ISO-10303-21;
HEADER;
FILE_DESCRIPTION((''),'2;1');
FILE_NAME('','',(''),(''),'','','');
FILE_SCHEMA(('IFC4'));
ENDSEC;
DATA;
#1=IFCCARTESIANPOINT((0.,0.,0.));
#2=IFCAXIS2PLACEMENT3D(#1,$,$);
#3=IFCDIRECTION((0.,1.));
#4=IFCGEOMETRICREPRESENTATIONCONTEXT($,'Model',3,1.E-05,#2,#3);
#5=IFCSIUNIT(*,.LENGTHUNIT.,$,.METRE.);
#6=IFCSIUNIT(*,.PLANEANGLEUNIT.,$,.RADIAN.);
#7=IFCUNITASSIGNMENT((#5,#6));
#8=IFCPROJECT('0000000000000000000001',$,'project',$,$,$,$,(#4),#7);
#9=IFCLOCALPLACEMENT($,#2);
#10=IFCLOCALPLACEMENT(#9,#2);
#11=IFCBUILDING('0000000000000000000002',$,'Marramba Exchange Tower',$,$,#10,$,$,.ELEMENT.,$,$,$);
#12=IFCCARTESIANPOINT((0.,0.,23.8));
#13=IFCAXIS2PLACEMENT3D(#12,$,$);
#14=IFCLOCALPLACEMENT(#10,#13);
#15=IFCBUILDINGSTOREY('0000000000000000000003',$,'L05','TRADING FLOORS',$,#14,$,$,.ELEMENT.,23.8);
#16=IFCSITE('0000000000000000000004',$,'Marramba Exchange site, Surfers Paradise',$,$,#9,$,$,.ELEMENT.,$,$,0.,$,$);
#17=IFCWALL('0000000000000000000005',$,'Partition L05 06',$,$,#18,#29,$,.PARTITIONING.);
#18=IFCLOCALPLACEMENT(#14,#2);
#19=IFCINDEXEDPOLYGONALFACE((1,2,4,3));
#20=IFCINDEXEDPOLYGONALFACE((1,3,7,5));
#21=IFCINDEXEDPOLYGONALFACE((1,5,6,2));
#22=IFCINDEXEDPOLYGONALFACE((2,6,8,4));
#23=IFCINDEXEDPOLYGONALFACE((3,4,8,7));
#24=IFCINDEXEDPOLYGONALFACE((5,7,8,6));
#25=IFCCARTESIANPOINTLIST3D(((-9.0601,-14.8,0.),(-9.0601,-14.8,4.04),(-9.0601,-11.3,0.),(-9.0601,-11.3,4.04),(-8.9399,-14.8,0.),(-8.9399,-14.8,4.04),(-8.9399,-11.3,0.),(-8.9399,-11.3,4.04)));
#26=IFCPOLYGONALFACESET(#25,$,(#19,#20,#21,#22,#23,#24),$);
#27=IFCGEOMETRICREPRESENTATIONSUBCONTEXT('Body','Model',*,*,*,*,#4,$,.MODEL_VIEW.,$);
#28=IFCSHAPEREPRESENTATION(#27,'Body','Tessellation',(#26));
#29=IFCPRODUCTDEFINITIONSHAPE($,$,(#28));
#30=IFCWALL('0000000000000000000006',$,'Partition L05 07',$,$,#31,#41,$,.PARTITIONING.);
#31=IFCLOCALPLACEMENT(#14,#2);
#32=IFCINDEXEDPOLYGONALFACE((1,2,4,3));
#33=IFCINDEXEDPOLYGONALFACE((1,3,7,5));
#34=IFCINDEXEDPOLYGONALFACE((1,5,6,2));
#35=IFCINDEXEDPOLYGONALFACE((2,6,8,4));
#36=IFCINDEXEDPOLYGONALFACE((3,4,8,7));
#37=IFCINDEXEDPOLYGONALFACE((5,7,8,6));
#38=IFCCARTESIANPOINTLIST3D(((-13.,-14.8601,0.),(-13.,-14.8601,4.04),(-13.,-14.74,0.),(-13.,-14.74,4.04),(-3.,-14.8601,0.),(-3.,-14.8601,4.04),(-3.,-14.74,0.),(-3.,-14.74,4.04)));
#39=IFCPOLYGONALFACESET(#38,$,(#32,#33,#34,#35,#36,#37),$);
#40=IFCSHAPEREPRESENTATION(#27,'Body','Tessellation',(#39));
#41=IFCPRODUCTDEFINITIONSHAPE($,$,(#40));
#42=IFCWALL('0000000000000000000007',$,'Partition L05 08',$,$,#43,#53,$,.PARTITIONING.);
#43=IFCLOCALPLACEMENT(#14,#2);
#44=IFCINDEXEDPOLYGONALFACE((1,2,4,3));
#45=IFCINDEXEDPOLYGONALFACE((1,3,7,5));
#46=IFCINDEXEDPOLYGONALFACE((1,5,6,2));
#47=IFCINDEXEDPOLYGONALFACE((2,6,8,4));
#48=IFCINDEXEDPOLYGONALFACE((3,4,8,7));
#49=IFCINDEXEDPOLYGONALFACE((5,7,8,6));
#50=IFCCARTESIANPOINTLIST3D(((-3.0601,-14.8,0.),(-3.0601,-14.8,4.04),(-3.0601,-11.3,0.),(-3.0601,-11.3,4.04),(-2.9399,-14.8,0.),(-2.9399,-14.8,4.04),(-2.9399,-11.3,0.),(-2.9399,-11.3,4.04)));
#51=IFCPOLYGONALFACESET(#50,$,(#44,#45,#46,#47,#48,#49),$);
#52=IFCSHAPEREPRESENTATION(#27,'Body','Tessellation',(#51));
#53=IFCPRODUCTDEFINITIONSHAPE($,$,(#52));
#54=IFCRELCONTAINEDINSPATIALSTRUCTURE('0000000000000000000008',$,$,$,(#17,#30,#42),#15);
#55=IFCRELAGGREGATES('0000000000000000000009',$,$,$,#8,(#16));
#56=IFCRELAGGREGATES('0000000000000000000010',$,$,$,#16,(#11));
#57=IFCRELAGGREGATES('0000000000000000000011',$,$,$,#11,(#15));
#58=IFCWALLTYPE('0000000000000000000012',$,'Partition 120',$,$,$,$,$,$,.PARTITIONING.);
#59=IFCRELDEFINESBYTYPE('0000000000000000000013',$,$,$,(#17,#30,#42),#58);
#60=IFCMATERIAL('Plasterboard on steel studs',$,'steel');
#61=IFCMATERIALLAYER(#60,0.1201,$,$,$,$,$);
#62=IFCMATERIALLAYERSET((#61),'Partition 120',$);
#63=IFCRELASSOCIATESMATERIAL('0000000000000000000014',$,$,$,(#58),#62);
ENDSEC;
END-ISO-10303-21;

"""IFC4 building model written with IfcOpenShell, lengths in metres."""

from ifc_helpers import new_model, si_unit, direction, frame, frame_2d, origin, place, context, subcontext, project, spatial, rectangle, extrude, material, layer, layer_set, type_object, element, save


model = new_model("IFC4")

# Units and contexts
model_context = context("Model", 3, precision=1e-05, world=origin(), true_north=direction((0.0, 1.0)))
body_context = subcontext(model_context, "Body", "Model", "MODEL_VIEW")
ifc_project = project(units=[si_unit("LENGTHUNIT", "METRE"), si_unit("PLANEANGLEUNIT", "RADIAN")], contexts=[model_context])

# Site, building, storey
site_placement = place(None, origin())
site = spatial("IfcSite", under=ifc_project, at=site_placement, Name="Marramba Exchange site, Surfers Paradise", CompositionType="ELEMENT", RefElevation=0.0)
building_placement = place(site_placement, origin())
building = spatial("IfcBuilding", under=site, at=building_placement, Name="Marramba Exchange Tower", CompositionType="ELEMENT")
storey_placement = place(building_placement, frame((0.0, 0.0, 23.8)))
storey = spatial("IfcBuildingStorey", under=building, at=storey_placement, Name="L05", Description="TRADING FLOORS", CompositionType="ELEMENT", Elevation=23.8)

# Shared definitions
ifc_material_1 = material(Name="Plasterboard on steel studs", Category="steel")
ifc_layer = layer(ifc_material_1, 0.1201)
ifc_layer_set = layer_set([ifc_layer], Name="Partition 120")
wall_type = type_object("IfcWallType", Name="Partition 120", PredefinedType="PARTITIONING", material=ifc_layer_set)

# Walls
wall_1_placement = place(storey_placement, frame((-9.0, -11.3, 0.0), z_axis=(0.0, 0.0, 1.0), x_axis=(0.0, -1.0, 0.0)))
element("IfcWall", 1, at=wall_1_placement, inside=storey, type_object=wall_type, Name="Partition L05 06", PredefinedType="PARTITIONING", context=body_context, shape_type="SweptSolid", body=[
    extrude(rectangle(XDim=3.5, YDim=0.1201, at=frame_2d((1.75, 0.0))), origin(), (0.0, 0.0, 1.0), 4.04),
])
wall_2_placement = place(storey_placement, frame((-3.0, -14.8, 0.0), z_axis=(0.0, 0.0, 1.0), x_axis=(-1.0, 0.0, 0.0)))
element("IfcWall", 2, at=wall_2_placement, inside=storey, type_object=wall_type, Name="Partition L05 07", PredefinedType="PARTITIONING", context=body_context, shape_type="SweptSolid", body=[
    extrude(rectangle(XDim=10.0, YDim=0.1201, at=frame_2d((5.0, 0.0))), origin(), (0.0, 0.0, 1.0), 4.04),
])
wall_3_placement = place(storey_placement, frame((-3.0, -11.3, 0.0), z_axis=(0.0, 0.0, 1.0), x_axis=(0.0, -1.0, 0.0)))
element("IfcWall", 3, at=wall_3_placement, inside=storey, type_object=wall_type, Name="Partition L05 08", PredefinedType="PARTITIONING", context=body_context, shape_type="SweptSolid", body=[
    extrude(rectangle(XDim=3.5, YDim=0.1201, at=frame_2d((1.75, 0.0))), origin(), (0.0, 0.0, 1.0), 4.04),
])

save(model, "model.ifc")
